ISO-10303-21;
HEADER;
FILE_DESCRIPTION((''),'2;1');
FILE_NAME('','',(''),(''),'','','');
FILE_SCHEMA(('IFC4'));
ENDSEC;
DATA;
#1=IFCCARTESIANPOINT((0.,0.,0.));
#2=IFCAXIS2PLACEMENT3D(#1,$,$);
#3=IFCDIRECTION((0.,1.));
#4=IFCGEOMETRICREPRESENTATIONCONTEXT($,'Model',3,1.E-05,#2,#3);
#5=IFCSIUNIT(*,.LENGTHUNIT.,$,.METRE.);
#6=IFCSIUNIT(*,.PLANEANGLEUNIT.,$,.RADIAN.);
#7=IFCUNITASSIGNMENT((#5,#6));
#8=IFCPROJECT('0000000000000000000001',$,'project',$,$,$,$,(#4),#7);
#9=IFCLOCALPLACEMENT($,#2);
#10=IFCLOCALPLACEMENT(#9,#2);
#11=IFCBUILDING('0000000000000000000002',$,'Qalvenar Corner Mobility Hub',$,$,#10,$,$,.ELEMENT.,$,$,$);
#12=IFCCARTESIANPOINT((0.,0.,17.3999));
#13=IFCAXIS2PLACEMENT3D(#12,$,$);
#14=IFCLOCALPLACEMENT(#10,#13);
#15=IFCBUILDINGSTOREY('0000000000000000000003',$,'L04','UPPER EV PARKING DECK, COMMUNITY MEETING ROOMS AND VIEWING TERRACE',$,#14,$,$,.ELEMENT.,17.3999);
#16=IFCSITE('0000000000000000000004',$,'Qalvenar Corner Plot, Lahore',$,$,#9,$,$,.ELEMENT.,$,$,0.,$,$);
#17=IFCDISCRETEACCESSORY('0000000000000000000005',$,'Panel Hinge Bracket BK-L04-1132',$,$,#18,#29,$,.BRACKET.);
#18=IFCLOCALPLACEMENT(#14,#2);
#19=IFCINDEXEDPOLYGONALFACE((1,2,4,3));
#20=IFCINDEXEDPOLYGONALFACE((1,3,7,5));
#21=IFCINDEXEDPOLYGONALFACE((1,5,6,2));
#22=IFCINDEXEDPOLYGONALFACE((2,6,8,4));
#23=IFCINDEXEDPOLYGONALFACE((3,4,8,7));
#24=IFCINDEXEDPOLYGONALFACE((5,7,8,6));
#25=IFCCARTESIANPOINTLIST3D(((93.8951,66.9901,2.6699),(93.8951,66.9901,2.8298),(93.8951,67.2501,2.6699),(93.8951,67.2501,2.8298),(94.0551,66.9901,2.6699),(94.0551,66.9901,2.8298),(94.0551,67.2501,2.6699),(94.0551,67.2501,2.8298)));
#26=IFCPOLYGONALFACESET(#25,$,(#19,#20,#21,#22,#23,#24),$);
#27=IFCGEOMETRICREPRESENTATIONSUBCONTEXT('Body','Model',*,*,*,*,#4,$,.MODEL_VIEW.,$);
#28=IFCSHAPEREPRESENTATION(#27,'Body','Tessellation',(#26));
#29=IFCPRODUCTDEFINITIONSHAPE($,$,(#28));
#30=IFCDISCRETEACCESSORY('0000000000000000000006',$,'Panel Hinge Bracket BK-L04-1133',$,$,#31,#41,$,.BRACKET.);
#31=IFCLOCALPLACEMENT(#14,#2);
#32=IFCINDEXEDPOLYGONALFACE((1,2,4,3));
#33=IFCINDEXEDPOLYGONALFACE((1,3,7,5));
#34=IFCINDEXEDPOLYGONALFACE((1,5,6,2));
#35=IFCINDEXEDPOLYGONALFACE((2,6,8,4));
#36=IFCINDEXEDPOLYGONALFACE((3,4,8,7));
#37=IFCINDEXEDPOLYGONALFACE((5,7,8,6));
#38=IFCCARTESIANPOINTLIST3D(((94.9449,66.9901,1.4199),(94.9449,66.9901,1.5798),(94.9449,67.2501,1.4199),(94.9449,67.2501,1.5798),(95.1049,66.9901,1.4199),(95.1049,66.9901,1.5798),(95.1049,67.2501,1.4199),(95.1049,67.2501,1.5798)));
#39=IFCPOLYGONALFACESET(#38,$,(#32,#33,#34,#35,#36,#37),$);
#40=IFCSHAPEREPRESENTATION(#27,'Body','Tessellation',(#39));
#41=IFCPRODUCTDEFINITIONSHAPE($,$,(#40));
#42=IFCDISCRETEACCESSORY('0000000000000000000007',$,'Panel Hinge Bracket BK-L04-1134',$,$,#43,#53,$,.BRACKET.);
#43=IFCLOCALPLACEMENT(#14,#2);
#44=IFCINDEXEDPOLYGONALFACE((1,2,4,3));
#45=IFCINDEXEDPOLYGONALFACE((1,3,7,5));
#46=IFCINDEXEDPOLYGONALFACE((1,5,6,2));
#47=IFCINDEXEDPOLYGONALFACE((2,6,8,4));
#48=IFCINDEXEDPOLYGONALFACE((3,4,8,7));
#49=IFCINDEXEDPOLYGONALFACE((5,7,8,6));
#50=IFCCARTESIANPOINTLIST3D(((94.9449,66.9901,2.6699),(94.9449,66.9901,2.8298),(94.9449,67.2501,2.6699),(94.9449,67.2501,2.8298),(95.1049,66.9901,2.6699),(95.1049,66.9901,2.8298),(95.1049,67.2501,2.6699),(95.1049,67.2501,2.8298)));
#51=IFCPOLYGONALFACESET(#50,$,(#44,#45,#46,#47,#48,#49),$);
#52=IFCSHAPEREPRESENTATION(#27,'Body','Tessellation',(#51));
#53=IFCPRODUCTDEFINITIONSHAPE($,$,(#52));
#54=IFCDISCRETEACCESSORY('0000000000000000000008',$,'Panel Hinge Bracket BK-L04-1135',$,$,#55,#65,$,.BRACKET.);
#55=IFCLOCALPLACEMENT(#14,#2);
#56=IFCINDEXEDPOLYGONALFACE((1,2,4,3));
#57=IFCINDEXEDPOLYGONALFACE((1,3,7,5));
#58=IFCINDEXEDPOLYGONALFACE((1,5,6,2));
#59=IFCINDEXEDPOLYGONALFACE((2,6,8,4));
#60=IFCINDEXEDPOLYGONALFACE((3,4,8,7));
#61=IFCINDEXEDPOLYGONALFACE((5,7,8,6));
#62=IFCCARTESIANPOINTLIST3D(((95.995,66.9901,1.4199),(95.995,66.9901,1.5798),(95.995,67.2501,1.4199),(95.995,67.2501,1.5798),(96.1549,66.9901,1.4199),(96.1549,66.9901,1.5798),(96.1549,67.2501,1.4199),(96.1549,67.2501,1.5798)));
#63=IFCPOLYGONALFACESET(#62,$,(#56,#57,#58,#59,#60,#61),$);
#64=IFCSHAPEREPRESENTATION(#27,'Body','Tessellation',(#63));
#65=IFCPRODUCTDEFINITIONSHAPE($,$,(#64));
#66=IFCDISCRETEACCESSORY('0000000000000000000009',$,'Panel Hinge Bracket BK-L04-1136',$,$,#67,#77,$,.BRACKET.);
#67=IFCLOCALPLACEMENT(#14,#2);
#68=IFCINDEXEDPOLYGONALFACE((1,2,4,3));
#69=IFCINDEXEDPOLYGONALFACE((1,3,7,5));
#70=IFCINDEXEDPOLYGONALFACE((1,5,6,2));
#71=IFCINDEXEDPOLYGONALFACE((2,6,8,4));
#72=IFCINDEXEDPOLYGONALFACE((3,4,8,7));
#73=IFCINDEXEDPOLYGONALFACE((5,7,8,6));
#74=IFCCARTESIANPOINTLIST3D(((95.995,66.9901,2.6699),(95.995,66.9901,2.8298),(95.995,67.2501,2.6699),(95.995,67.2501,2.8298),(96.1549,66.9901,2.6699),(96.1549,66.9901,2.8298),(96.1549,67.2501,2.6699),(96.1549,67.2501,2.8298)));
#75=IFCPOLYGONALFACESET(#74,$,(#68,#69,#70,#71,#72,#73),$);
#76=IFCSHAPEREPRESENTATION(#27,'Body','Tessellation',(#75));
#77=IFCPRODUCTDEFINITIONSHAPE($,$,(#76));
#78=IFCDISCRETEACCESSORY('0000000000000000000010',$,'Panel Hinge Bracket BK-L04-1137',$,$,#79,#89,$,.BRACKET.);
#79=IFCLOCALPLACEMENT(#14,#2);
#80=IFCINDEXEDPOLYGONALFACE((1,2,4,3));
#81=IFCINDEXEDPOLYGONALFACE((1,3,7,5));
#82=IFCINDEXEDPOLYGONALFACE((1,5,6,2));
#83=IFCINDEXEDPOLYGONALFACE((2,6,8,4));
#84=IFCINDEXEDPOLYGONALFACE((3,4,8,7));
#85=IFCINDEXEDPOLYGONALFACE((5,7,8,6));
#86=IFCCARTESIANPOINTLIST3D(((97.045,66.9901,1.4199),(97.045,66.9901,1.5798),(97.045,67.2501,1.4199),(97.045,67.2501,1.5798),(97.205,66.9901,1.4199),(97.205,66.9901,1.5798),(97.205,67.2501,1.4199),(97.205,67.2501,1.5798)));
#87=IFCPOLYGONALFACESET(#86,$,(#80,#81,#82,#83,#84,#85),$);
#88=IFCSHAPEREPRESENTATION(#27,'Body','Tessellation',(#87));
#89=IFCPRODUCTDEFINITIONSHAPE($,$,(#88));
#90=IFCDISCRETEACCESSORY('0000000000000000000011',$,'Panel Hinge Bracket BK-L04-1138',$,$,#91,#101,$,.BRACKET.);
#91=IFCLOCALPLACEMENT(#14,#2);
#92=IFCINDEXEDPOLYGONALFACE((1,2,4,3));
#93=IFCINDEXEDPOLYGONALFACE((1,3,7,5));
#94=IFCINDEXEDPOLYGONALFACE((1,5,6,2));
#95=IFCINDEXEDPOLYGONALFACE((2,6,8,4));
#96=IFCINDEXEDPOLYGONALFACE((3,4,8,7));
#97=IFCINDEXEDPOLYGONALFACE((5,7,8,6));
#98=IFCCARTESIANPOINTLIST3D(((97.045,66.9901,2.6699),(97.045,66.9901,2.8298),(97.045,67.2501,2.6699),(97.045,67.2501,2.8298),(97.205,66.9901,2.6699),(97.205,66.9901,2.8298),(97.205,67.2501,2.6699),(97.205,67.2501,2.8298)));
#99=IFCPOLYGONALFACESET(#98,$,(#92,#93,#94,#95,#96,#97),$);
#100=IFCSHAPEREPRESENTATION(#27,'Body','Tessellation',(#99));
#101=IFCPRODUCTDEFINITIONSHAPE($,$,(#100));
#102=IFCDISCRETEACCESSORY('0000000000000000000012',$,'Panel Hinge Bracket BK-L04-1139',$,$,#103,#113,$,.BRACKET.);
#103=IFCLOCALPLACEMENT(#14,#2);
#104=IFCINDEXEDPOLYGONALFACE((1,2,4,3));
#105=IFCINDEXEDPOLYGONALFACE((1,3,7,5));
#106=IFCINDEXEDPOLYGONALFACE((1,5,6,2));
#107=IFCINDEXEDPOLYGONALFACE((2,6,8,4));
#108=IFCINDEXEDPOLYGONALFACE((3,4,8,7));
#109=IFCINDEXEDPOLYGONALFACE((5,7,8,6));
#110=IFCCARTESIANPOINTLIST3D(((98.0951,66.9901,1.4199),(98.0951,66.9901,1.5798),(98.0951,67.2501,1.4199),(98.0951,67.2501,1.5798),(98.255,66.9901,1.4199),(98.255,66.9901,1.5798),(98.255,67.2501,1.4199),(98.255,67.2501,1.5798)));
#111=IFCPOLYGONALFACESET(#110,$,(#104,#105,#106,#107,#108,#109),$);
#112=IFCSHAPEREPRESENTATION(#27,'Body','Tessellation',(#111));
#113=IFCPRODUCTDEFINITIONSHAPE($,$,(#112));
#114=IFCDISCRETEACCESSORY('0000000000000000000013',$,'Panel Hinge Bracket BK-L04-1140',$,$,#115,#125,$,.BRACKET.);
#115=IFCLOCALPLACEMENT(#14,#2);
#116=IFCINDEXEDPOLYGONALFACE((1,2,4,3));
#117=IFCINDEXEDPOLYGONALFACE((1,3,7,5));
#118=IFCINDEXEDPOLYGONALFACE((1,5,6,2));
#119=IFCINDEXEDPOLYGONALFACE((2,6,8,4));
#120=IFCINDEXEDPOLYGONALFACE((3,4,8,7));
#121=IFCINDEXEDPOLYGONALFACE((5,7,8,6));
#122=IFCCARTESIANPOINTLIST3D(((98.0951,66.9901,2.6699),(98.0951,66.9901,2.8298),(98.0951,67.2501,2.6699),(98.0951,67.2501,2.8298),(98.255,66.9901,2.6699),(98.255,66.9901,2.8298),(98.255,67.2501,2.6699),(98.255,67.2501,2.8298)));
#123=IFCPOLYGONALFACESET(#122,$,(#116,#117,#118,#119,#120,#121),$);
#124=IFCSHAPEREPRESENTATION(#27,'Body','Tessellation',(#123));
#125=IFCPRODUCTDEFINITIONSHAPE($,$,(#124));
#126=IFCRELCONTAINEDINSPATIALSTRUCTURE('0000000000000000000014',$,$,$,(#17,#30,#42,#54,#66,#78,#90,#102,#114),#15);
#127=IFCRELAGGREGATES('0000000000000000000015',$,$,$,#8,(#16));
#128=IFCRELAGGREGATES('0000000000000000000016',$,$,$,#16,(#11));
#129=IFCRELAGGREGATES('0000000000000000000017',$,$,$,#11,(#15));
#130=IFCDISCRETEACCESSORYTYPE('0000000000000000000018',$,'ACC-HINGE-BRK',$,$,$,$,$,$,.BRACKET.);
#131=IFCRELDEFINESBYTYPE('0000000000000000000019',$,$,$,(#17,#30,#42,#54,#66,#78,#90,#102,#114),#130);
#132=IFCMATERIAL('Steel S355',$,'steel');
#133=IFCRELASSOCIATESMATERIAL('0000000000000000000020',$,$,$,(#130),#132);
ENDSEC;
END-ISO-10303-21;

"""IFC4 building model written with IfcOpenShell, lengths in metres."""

from ifc_helpers import new_model, si_unit, direction, frame, origin, origin_2d, place, context, subcontext, project, spatial, rectangle, extrude, material, type_object, element, save


model = new_model("IFC4")

# Units and contexts
model_context = context("Model", 3, precision=1e-05, world=origin(), true_north=direction((0.0, 1.0)))
body_context = subcontext(model_context, "Body", "Model", "MODEL_VIEW")
ifc_project = project(units=[si_unit("LENGTHUNIT", "METRE"), si_unit("PLANEANGLEUNIT", "RADIAN")], contexts=[model_context])

# Site, building, storey
site_placement = place(None, origin())
site = spatial("IfcSite", under=ifc_project, at=site_placement, Name="Qalvenar Corner Plot, Lahore", CompositionType="ELEMENT", RefElevation=0.0)
building_placement = place(site_placement, origin())
building = spatial("IfcBuilding", under=site, at=building_placement, Name="Qalvenar Corner Mobility Hub", CompositionType="ELEMENT")
storey_placement = place(building_placement, frame((0.0, 0.0, 17.3999)))
storey = spatial("IfcBuildingStorey", under=building, at=storey_placement, Name="L04", Description="UPPER EV PARKING DECK, COMMUNITY MEETING ROOMS AND VIEWING TERRACE", CompositionType="ELEMENT", Elevation=17.3999)

# Discrete accessories
ifc_material_1 = material(Name="Steel S355", Category="steel")
discrete_accessory_type = type_object("IfcDiscreteAccessoryType", Name="ACC-HINGE-BRK", PredefinedType="BRACKET", material=ifc_material_1)
for number, where, z_axis, x_axis, name in (
    (1, (93.9751, 67.1201, 2.6699), (0.0, 0.0, 1.0), (1.0, 0.0, 0.0), "Panel Hinge Bracket BK-L04-1132"),
    (2, (95.0249, 67.1201, 1.4199), (0.0, 0.0, 1.0), (1.0, 0.0, 0.0), "Panel Hinge Bracket BK-L04-1133"),
    (3, (95.0249, 67.1201, 2.6699), (0.0, 0.0, 1.0), (1.0, 0.0, 0.0), "Panel Hinge Bracket BK-L04-1134"),
    (4, (96.075, 67.1201, 1.4199), (0.0, 0.0, 1.0), (1.0, 0.0, 0.0), "Panel Hinge Bracket BK-L04-1135"),
    (5, (96.075, 67.1201, 2.6699), (0.0, 0.0, 1.0), (1.0, 0.0, 0.0), "Panel Hinge Bracket BK-L04-1136"),
    (6, (97.125, 67.1201, 1.4199), (0.0, 0.0, 1.0), (1.0, 0.0, 0.0), "Panel Hinge Bracket BK-L04-1137"),
    (7, (97.125, 67.1201, 2.6699), (0.0, 0.0, 1.0), (1.0, 0.0, 0.0), "Panel Hinge Bracket BK-L04-1138"),
    (8, (98.175, 67.1201, 1.4199), (0.0, 0.0, 1.0), (1.0, 0.0, 0.0), "Panel Hinge Bracket BK-L04-1139"),
    (9, (98.175, 67.1201, 2.6699), (0.0, 0.0, 1.0), (1.0, 0.0, 0.0), "Panel Hinge Bracket BK-L04-1140"),
):
    element("IfcDiscreteAccessory", number, at=place(storey_placement, frame(where, z_axis=z_axis, x_axis=x_axis)), inside=storey, type_object=discrete_accessory_type, Name=name, PredefinedType="BRACKET", context=body_context, shape_type="SweptSolid", body=[
        extrude(rectangle(XDim=0.1599, YDim=0.26, at=origin_2d()), origin(), (0.0, 0.0, 1.0), 0.1599),
    ])

save(model, "model.ifc")
